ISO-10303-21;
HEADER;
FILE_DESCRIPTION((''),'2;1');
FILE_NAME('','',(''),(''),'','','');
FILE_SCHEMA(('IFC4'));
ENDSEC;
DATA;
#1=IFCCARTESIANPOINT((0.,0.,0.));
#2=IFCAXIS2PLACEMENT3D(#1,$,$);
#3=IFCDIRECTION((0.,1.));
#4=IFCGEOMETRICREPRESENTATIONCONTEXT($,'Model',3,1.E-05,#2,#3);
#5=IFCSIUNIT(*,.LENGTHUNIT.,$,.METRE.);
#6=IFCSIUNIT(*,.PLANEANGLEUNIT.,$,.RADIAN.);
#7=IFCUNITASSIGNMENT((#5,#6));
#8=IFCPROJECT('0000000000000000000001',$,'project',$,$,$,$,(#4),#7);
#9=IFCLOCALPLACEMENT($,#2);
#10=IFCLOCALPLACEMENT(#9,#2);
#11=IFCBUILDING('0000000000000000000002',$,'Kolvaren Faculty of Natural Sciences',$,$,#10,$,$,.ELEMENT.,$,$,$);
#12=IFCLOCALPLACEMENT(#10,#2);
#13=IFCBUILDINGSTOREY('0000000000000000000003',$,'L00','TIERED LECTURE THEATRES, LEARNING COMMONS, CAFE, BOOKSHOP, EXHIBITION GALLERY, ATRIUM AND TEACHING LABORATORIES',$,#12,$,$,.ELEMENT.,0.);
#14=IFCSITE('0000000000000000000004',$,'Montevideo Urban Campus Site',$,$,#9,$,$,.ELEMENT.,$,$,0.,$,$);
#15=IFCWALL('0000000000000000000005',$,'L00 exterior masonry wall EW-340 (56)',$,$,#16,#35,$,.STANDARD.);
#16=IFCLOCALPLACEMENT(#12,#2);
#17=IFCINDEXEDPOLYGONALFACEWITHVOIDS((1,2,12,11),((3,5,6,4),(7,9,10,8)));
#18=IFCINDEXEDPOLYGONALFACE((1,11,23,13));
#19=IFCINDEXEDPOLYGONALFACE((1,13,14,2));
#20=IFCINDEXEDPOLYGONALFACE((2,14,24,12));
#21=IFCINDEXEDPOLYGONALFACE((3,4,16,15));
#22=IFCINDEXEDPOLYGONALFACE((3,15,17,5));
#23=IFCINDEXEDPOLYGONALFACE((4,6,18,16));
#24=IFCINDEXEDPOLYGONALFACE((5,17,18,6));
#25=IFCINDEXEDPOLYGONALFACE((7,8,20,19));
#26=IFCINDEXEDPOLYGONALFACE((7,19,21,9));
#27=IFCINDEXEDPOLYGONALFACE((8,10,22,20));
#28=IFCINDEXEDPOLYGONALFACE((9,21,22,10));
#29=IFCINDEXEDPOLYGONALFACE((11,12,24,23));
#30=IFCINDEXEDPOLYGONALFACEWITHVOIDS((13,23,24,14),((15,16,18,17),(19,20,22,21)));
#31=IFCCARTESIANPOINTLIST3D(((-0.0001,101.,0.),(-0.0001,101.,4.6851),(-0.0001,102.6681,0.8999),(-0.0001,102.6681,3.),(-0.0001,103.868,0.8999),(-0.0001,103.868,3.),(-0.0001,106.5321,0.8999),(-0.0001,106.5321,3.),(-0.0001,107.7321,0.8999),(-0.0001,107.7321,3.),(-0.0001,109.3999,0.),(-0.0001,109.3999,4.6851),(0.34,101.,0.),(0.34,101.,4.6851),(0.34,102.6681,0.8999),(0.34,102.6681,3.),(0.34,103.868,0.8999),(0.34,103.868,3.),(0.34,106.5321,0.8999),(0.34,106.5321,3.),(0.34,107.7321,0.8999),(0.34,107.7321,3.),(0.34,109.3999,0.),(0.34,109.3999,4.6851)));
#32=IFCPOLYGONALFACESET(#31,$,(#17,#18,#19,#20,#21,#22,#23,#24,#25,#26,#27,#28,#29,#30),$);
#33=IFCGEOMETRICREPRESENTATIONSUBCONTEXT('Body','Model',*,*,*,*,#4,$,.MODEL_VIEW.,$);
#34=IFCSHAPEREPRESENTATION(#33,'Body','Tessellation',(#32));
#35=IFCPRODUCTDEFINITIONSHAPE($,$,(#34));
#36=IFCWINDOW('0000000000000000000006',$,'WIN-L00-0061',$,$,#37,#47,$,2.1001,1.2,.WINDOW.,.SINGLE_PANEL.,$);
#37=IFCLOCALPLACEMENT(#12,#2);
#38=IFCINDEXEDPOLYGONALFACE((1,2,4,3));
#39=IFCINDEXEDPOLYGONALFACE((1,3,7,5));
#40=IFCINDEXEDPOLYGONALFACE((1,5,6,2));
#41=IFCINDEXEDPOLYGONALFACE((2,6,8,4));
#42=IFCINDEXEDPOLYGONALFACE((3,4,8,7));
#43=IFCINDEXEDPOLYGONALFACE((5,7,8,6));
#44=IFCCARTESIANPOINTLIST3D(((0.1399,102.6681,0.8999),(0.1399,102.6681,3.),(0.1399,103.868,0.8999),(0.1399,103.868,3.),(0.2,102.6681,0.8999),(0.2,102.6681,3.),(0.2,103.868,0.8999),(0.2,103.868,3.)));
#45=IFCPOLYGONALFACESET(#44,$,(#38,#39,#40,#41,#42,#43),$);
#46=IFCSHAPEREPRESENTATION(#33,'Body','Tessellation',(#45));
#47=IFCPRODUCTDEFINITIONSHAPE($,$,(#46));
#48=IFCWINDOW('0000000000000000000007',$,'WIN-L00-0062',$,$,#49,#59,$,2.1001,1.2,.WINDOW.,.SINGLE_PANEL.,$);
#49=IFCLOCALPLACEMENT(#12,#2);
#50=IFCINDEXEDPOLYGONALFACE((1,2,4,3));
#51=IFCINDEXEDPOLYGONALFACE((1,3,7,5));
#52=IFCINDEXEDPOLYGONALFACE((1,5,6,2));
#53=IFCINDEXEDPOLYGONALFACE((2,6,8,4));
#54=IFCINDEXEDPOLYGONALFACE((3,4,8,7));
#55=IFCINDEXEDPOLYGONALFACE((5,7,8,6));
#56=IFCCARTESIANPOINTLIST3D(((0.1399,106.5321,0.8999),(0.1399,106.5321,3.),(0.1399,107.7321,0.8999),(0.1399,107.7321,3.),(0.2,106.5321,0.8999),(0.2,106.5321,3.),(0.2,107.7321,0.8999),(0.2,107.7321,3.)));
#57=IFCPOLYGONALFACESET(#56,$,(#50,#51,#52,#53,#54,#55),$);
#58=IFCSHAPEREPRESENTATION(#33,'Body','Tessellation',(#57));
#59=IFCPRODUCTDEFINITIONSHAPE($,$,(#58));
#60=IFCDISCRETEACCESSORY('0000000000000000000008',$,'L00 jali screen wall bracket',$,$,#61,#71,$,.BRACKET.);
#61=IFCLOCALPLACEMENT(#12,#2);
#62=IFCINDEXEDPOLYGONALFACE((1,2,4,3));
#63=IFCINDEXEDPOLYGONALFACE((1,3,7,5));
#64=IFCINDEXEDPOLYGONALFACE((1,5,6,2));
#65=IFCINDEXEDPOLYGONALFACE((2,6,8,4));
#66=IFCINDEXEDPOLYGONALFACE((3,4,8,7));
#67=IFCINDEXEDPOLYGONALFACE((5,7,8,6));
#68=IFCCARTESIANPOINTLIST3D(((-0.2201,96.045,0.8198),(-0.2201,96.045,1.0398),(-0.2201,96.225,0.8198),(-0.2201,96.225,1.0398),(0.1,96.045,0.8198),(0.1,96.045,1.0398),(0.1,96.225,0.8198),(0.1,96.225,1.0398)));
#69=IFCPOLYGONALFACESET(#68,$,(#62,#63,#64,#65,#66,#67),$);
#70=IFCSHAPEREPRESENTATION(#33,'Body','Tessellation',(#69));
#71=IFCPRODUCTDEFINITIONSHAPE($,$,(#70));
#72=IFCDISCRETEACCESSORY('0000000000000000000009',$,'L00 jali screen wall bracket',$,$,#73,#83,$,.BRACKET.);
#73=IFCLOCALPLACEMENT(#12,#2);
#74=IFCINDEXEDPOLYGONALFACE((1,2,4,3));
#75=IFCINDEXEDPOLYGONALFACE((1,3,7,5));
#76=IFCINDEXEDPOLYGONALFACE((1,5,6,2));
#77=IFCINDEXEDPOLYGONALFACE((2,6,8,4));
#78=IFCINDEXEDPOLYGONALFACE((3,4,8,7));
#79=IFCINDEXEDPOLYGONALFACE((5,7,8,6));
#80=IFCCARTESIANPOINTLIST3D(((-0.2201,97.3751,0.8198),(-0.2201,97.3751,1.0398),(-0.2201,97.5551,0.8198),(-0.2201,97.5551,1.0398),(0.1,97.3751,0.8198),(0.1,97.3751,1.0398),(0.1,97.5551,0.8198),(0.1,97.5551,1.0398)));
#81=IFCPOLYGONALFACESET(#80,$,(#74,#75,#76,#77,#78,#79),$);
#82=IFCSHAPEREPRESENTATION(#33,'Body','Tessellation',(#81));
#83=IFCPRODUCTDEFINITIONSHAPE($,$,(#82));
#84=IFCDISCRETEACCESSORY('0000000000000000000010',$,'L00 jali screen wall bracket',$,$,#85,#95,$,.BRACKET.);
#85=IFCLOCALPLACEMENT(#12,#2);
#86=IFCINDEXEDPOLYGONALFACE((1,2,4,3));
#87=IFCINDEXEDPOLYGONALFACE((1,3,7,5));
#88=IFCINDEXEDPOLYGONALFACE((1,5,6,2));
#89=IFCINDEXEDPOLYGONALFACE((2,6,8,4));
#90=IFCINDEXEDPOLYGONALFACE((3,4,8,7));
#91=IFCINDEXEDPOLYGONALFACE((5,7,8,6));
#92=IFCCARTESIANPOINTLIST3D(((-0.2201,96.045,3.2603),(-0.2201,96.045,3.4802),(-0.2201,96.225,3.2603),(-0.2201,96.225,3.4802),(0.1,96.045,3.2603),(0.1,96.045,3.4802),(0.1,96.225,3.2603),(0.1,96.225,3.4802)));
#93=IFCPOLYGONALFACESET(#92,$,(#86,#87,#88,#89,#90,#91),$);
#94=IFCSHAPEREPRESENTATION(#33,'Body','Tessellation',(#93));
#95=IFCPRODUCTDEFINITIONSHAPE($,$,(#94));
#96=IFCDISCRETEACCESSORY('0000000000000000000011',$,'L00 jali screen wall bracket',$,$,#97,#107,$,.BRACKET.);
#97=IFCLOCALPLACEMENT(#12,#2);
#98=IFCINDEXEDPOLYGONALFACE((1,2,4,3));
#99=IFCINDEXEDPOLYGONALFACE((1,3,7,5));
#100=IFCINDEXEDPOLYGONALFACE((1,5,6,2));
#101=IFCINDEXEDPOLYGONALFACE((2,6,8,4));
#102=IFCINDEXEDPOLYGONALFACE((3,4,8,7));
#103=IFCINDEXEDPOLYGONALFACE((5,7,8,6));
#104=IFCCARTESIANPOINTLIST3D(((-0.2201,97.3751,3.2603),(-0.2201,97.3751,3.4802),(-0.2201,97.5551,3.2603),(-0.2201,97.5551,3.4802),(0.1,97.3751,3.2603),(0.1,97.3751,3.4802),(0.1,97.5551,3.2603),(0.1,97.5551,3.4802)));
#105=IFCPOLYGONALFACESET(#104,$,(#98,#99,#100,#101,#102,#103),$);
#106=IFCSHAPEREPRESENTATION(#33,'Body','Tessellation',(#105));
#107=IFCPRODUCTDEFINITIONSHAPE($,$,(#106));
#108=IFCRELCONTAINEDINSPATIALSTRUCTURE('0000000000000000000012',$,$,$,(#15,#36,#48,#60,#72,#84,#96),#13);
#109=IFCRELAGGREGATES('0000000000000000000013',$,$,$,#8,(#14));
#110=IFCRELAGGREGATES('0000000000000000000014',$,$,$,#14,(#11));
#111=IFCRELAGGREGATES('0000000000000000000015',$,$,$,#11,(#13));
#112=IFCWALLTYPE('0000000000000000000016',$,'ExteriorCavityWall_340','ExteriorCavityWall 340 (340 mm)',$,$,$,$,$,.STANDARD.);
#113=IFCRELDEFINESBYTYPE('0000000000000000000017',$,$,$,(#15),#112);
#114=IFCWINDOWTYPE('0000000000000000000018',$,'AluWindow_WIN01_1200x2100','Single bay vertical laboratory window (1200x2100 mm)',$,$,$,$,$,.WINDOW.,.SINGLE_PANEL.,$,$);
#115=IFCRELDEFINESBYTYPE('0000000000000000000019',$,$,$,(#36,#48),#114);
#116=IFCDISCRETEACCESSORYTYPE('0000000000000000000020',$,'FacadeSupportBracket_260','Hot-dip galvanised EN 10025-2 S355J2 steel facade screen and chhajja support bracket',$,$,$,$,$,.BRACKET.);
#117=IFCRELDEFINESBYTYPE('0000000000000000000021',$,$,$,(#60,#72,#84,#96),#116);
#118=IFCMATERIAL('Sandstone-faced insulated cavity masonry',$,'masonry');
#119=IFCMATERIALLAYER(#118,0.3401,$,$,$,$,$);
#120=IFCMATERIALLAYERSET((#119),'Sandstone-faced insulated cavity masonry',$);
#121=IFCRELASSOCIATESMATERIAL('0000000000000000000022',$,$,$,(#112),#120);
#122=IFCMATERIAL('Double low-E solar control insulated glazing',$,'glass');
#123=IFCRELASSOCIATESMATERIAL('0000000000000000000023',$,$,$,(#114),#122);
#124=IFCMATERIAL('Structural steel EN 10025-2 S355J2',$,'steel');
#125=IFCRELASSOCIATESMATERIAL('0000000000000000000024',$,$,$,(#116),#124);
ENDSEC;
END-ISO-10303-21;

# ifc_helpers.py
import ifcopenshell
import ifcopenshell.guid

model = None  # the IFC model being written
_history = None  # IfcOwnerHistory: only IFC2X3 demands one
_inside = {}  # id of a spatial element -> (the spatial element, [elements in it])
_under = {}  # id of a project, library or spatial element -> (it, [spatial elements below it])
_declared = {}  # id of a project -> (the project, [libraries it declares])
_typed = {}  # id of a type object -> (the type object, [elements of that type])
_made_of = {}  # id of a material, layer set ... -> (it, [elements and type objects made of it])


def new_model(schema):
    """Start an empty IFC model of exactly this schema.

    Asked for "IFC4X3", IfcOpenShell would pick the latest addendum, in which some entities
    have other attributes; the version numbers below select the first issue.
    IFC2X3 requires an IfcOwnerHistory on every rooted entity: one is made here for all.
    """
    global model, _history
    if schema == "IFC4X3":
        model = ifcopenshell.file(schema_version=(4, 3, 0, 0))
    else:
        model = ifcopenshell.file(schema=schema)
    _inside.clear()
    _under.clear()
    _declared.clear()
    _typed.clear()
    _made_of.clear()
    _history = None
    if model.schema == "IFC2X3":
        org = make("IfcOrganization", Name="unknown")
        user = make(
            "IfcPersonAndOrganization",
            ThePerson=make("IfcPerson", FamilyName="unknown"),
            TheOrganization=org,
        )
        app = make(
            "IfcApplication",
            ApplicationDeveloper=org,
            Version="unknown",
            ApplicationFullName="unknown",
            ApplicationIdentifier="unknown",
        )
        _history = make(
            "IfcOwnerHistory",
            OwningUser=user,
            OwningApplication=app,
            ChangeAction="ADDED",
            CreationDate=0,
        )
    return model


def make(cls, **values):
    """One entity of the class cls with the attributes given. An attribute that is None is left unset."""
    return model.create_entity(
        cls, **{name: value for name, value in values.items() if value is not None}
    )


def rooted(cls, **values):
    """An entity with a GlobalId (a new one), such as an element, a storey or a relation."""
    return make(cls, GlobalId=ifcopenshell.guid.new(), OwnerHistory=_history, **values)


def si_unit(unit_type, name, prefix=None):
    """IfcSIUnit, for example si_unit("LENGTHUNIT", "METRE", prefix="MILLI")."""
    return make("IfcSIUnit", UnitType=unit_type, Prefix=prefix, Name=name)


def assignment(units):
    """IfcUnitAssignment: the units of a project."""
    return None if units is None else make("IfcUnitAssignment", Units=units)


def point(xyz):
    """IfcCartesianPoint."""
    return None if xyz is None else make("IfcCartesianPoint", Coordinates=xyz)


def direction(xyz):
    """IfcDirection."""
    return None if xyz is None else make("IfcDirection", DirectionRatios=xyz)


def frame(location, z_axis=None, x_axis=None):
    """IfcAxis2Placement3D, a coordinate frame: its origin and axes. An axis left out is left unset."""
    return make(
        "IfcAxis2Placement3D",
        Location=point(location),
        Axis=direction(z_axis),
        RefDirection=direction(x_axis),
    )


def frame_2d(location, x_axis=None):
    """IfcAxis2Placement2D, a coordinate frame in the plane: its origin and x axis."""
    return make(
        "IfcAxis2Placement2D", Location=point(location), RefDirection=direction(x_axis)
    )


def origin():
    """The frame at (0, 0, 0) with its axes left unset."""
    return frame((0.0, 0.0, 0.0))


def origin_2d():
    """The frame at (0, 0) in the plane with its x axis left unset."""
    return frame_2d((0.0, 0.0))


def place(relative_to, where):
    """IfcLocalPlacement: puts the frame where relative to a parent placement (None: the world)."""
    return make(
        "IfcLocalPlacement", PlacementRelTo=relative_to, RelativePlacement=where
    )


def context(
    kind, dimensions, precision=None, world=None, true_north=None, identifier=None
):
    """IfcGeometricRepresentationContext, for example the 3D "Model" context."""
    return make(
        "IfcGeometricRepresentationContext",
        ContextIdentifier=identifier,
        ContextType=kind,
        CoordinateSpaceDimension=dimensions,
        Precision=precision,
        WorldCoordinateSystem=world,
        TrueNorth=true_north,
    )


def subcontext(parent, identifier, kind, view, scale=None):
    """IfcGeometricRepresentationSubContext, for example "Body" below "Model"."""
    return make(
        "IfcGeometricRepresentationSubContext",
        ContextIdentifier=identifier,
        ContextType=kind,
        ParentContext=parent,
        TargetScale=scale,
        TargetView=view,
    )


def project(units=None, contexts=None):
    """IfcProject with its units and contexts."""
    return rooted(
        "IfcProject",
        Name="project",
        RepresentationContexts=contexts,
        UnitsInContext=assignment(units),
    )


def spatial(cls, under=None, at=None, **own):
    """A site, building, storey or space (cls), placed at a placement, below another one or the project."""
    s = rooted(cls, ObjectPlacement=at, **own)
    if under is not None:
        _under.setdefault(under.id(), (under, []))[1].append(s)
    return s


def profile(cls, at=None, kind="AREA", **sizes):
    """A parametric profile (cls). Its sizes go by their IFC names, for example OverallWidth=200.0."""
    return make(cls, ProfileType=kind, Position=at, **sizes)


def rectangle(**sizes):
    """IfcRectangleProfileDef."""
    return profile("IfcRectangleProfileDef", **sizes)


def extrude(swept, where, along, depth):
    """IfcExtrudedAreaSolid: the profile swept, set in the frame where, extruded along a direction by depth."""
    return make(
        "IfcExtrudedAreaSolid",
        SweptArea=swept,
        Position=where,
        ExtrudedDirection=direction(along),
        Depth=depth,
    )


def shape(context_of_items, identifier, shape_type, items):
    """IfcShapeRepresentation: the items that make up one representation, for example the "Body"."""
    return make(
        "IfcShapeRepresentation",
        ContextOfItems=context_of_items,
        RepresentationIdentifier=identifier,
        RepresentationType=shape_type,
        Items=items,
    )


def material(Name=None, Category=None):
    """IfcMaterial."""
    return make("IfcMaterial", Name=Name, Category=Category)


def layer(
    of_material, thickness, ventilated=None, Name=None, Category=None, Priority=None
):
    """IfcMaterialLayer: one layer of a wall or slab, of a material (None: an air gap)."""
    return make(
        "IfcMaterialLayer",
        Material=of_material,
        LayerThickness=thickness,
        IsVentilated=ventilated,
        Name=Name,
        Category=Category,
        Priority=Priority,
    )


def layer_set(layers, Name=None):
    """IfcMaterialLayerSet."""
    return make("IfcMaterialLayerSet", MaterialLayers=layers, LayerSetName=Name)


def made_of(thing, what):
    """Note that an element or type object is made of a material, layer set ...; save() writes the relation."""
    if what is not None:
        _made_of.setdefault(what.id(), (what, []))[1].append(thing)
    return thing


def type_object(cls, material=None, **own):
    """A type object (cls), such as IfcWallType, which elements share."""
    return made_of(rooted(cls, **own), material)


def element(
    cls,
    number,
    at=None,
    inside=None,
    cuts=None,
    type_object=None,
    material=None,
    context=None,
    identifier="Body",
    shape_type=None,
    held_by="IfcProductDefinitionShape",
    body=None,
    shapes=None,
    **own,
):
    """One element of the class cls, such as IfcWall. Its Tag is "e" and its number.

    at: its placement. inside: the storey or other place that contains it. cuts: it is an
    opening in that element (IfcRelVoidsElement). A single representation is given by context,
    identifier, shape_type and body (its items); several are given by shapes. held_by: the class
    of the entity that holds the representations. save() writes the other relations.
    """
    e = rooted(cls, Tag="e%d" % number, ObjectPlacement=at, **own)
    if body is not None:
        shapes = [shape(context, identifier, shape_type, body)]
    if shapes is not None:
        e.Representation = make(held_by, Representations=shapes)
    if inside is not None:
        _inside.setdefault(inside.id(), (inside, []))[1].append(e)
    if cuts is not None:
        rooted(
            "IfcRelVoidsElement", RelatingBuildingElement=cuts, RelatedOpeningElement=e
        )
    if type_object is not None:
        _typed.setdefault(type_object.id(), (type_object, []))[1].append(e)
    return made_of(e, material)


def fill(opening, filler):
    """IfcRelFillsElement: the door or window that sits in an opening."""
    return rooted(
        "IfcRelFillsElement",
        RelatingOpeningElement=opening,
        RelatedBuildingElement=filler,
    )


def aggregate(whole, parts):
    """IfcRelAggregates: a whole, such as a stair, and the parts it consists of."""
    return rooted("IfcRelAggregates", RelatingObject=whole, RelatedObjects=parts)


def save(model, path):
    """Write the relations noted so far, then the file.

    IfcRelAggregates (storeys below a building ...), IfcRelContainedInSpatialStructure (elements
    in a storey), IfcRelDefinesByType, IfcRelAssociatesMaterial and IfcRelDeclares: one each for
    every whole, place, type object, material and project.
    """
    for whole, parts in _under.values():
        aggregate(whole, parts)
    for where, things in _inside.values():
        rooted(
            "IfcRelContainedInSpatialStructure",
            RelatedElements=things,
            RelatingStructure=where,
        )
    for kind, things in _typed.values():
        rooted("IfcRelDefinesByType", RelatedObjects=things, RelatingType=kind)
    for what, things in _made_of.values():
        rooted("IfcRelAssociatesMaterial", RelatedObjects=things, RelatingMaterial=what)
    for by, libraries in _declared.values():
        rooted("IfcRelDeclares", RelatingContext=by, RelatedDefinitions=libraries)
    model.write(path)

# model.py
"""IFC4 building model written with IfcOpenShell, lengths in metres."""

from ifc_helpers import new_model, si_unit, direction, frame, frame_2d, origin, origin_2d, place, context, subcontext, project, spatial, rectangle, extrude, material, layer, layer_set, type_object, element, fill, save


model = new_model("IFC4")

# Units and contexts
model_context = context("Model", 3, precision=1e-05, world=origin(), true_north=direction((0.0, 1.0)))
body_context = subcontext(model_context, "Body", "Model", "MODEL_VIEW")
ifc_project = project(units=[si_unit("LENGTHUNIT", "METRE"), si_unit("PLANEANGLEUNIT", "RADIAN")], contexts=[model_context])

# Site, building, storey
site_placement = place(None, origin())
site = spatial("IfcSite", under=ifc_project, at=site_placement, Name="Montevideo Urban Campus Site", CompositionType="ELEMENT", RefElevation=0.0)
building_placement = place(site_placement, origin())
building = spatial("IfcBuilding", under=site, at=building_placement, Name="Kolvaren Faculty of Natural Sciences", CompositionType="ELEMENT")
storey_placement = place(building_placement, origin())
storey = spatial("IfcBuildingStorey", under=building, at=storey_placement, Name="L00", Description="TIERED LECTURE THEATRES, LEARNING COMMONS, CAFE, BOOKSHOP, EXHIBITION GALLERY, ATRIUM AND TEACHING LABORATORIES", CompositionType="ELEMENT", Elevation=0.0)

# Wall, openings, windows
ifc_material_1 = material(Name="Sandstone-faced insulated cavity masonry", Category="masonry")
ifc_layer_1 = layer(ifc_material_1, 0.3401)
ifc_layer_set_1 = layer_set([ifc_layer_1], Name="Sandstone-faced insulated cavity masonry")
wall_type = type_object("IfcWallType", Name="ExteriorCavityWall_340", Description="ExteriorCavityWall 340 (340 mm)", PredefinedType="STANDARD", material=ifc_layer_set_1)
wall_placement = place(storey_placement, frame((0.1699, 101.0, 0.0), z_axis=(0.0, 0.0, 1.0), x_axis=(0.0, 1.0, 0.0)))
wall = element("IfcWall", 1, at=wall_placement, inside=storey, type_object=wall_type, Name="L00 exterior masonry wall EW-340 (56)", PredefinedType="STANDARD", context=body_context, shape_type="SweptSolid", body=[
    extrude(rectangle(XDim=8.3999, YDim=0.3401, at=frame_2d((4.2, 0.0))), origin(), (0.0, 0.0, 1.0), 4.6851),
])
opening_1_placement = place(wall_placement, frame((1.668, 0.0, 0.8999)))
opening_1 = element("IfcOpeningElement", 2, at=opening_1_placement, cuts=wall, PredefinedType="OPENING", context=body_context, shape_type="SweptSolid", body=[
    extrude(rectangle(XDim=1.2, YDim=2.1001, at=frame_2d((0.6001, 1.05))), frame((0.0, 0.1799, 0.0), z_axis=(0.0, -1.0, 0.0), x_axis=(1.0, 0.0, 0.0)), (0.0, 0.0, 1.0), 0.3601),
])
opening_2_placement = place(wall_placement, frame((5.532, 0.0, 0.8999)))
opening_2 = element("IfcOpeningElement", 3, at=opening_2_placement, cuts=wall, PredefinedType="OPENING", context=body_context, shape_type="SweptSolid", body=[
    extrude(rectangle(XDim=1.2, YDim=2.1001, at=frame_2d((0.6001, 1.05))), frame((0.0, 0.1799, 0.0), z_axis=(0.0, -1.0, 0.0), x_axis=(1.0, 0.0, 0.0)), (0.0, 0.0, 1.0), 0.3601),
])
ifc_material_2 = material(Name="Double low-E solar control insulated glazing", Category="glass")
window_type = type_object("IfcWindowType", Name="AluWindow_WIN01_1200x2100", Description="Single bay vertical laboratory window (1200x2100 mm)", PartitioningType="SINGLE_PANEL", PredefinedType="WINDOW", material=ifc_material_2)
window_1_placement = place(opening_1_placement, origin())
window_1 = element("IfcWindow", 4, at=window_1_placement, inside=storey, type_object=window_type, Name="WIN-L00-0061", OverallHeight=2.1001, OverallWidth=1.2, PartitioningType="SINGLE_PANEL", PredefinedType="WINDOW", context=body_context, shape_type="SweptSolid", body=[
    extrude(rectangle(XDim=1.2, YDim=2.1001, at=frame_2d((0.6001, 1.05))), frame((0.0, 0.03, 0.0), z_axis=(0.0, -1.0, 0.0), x_axis=(1.0, 0.0, 0.0)), (0.0, 0.0, 1.0), 0.0601),
])
fill(opening_1, window_1)
window_2_placement = place(opening_2_placement, origin())
window_2 = element("IfcWindow", 5, at=window_2_placement, inside=storey, type_object=window_type, Name="WIN-L00-0062", OverallHeight=2.1001, OverallWidth=1.2, PartitioningType="SINGLE_PANEL", PredefinedType="WINDOW", context=body_context, shape_type="SweptSolid", body=[
    extrude(rectangle(XDim=1.2, YDim=2.1001, at=frame_2d((0.6001, 1.05))), frame((0.0, 0.03, 0.0), z_axis=(0.0, -1.0, 0.0), x_axis=(1.0, 0.0, 0.0)), (0.0, 0.0, 1.0), 0.0601),
])
fill(opening_2, window_2)

# Discrete accessories
ifc_material_3 = material(Name="Structural steel EN 10025-2 S355J2", Category="steel")
discrete_accessory_type = type_object("IfcDiscreteAccessoryType", Name="FacadeSupportBracket_260", Description="Hot-dip galvanised EN 10025-2 S355J2 steel facade screen and chhajja support bracket", PredefinedType="BRACKET", material=ifc_material_3)
for number, where, z_axis, x_axis, name in (
    (6, (-0.0601, 96.135, 0.8198), (0.0, 0.0, 1.0), (0.0, 1.0, 0.0), "L00 jali screen wall bracket"),
    (7, (-0.0601, 97.4651, 0.8198), (0.0, 0.0, 1.0), (0.0, 1.0, 0.0), "L00 jali screen wall bracket"),
    (8, (-0.0601, 96.135, 3.2603), (0.0, 0.0, 1.0), (0.0, 1.0, 0.0), "L00 jali screen wall bracket"),
    (9, (-0.0601, 97.4651, 3.2603), (0.0, 0.0, 1.0), (0.0, 1.0, 0.0), "L00 jali screen wall bracket"),
):
    element("IfcDiscreteAccessory", number, at=place(storey_placement, frame(where, z_axis=z_axis, x_axis=x_axis)), inside=storey, type_object=discrete_accessory_type, Name=name, PredefinedType="BRACKET", context=body_context, shape_type="SweptSolid", body=[
        extrude(rectangle(XDim=0.1799, YDim=0.3201, at=origin_2d()), origin(), (0.0, 0.0, 1.0), 0.22),
    ])

save(model, "model.ifc")
